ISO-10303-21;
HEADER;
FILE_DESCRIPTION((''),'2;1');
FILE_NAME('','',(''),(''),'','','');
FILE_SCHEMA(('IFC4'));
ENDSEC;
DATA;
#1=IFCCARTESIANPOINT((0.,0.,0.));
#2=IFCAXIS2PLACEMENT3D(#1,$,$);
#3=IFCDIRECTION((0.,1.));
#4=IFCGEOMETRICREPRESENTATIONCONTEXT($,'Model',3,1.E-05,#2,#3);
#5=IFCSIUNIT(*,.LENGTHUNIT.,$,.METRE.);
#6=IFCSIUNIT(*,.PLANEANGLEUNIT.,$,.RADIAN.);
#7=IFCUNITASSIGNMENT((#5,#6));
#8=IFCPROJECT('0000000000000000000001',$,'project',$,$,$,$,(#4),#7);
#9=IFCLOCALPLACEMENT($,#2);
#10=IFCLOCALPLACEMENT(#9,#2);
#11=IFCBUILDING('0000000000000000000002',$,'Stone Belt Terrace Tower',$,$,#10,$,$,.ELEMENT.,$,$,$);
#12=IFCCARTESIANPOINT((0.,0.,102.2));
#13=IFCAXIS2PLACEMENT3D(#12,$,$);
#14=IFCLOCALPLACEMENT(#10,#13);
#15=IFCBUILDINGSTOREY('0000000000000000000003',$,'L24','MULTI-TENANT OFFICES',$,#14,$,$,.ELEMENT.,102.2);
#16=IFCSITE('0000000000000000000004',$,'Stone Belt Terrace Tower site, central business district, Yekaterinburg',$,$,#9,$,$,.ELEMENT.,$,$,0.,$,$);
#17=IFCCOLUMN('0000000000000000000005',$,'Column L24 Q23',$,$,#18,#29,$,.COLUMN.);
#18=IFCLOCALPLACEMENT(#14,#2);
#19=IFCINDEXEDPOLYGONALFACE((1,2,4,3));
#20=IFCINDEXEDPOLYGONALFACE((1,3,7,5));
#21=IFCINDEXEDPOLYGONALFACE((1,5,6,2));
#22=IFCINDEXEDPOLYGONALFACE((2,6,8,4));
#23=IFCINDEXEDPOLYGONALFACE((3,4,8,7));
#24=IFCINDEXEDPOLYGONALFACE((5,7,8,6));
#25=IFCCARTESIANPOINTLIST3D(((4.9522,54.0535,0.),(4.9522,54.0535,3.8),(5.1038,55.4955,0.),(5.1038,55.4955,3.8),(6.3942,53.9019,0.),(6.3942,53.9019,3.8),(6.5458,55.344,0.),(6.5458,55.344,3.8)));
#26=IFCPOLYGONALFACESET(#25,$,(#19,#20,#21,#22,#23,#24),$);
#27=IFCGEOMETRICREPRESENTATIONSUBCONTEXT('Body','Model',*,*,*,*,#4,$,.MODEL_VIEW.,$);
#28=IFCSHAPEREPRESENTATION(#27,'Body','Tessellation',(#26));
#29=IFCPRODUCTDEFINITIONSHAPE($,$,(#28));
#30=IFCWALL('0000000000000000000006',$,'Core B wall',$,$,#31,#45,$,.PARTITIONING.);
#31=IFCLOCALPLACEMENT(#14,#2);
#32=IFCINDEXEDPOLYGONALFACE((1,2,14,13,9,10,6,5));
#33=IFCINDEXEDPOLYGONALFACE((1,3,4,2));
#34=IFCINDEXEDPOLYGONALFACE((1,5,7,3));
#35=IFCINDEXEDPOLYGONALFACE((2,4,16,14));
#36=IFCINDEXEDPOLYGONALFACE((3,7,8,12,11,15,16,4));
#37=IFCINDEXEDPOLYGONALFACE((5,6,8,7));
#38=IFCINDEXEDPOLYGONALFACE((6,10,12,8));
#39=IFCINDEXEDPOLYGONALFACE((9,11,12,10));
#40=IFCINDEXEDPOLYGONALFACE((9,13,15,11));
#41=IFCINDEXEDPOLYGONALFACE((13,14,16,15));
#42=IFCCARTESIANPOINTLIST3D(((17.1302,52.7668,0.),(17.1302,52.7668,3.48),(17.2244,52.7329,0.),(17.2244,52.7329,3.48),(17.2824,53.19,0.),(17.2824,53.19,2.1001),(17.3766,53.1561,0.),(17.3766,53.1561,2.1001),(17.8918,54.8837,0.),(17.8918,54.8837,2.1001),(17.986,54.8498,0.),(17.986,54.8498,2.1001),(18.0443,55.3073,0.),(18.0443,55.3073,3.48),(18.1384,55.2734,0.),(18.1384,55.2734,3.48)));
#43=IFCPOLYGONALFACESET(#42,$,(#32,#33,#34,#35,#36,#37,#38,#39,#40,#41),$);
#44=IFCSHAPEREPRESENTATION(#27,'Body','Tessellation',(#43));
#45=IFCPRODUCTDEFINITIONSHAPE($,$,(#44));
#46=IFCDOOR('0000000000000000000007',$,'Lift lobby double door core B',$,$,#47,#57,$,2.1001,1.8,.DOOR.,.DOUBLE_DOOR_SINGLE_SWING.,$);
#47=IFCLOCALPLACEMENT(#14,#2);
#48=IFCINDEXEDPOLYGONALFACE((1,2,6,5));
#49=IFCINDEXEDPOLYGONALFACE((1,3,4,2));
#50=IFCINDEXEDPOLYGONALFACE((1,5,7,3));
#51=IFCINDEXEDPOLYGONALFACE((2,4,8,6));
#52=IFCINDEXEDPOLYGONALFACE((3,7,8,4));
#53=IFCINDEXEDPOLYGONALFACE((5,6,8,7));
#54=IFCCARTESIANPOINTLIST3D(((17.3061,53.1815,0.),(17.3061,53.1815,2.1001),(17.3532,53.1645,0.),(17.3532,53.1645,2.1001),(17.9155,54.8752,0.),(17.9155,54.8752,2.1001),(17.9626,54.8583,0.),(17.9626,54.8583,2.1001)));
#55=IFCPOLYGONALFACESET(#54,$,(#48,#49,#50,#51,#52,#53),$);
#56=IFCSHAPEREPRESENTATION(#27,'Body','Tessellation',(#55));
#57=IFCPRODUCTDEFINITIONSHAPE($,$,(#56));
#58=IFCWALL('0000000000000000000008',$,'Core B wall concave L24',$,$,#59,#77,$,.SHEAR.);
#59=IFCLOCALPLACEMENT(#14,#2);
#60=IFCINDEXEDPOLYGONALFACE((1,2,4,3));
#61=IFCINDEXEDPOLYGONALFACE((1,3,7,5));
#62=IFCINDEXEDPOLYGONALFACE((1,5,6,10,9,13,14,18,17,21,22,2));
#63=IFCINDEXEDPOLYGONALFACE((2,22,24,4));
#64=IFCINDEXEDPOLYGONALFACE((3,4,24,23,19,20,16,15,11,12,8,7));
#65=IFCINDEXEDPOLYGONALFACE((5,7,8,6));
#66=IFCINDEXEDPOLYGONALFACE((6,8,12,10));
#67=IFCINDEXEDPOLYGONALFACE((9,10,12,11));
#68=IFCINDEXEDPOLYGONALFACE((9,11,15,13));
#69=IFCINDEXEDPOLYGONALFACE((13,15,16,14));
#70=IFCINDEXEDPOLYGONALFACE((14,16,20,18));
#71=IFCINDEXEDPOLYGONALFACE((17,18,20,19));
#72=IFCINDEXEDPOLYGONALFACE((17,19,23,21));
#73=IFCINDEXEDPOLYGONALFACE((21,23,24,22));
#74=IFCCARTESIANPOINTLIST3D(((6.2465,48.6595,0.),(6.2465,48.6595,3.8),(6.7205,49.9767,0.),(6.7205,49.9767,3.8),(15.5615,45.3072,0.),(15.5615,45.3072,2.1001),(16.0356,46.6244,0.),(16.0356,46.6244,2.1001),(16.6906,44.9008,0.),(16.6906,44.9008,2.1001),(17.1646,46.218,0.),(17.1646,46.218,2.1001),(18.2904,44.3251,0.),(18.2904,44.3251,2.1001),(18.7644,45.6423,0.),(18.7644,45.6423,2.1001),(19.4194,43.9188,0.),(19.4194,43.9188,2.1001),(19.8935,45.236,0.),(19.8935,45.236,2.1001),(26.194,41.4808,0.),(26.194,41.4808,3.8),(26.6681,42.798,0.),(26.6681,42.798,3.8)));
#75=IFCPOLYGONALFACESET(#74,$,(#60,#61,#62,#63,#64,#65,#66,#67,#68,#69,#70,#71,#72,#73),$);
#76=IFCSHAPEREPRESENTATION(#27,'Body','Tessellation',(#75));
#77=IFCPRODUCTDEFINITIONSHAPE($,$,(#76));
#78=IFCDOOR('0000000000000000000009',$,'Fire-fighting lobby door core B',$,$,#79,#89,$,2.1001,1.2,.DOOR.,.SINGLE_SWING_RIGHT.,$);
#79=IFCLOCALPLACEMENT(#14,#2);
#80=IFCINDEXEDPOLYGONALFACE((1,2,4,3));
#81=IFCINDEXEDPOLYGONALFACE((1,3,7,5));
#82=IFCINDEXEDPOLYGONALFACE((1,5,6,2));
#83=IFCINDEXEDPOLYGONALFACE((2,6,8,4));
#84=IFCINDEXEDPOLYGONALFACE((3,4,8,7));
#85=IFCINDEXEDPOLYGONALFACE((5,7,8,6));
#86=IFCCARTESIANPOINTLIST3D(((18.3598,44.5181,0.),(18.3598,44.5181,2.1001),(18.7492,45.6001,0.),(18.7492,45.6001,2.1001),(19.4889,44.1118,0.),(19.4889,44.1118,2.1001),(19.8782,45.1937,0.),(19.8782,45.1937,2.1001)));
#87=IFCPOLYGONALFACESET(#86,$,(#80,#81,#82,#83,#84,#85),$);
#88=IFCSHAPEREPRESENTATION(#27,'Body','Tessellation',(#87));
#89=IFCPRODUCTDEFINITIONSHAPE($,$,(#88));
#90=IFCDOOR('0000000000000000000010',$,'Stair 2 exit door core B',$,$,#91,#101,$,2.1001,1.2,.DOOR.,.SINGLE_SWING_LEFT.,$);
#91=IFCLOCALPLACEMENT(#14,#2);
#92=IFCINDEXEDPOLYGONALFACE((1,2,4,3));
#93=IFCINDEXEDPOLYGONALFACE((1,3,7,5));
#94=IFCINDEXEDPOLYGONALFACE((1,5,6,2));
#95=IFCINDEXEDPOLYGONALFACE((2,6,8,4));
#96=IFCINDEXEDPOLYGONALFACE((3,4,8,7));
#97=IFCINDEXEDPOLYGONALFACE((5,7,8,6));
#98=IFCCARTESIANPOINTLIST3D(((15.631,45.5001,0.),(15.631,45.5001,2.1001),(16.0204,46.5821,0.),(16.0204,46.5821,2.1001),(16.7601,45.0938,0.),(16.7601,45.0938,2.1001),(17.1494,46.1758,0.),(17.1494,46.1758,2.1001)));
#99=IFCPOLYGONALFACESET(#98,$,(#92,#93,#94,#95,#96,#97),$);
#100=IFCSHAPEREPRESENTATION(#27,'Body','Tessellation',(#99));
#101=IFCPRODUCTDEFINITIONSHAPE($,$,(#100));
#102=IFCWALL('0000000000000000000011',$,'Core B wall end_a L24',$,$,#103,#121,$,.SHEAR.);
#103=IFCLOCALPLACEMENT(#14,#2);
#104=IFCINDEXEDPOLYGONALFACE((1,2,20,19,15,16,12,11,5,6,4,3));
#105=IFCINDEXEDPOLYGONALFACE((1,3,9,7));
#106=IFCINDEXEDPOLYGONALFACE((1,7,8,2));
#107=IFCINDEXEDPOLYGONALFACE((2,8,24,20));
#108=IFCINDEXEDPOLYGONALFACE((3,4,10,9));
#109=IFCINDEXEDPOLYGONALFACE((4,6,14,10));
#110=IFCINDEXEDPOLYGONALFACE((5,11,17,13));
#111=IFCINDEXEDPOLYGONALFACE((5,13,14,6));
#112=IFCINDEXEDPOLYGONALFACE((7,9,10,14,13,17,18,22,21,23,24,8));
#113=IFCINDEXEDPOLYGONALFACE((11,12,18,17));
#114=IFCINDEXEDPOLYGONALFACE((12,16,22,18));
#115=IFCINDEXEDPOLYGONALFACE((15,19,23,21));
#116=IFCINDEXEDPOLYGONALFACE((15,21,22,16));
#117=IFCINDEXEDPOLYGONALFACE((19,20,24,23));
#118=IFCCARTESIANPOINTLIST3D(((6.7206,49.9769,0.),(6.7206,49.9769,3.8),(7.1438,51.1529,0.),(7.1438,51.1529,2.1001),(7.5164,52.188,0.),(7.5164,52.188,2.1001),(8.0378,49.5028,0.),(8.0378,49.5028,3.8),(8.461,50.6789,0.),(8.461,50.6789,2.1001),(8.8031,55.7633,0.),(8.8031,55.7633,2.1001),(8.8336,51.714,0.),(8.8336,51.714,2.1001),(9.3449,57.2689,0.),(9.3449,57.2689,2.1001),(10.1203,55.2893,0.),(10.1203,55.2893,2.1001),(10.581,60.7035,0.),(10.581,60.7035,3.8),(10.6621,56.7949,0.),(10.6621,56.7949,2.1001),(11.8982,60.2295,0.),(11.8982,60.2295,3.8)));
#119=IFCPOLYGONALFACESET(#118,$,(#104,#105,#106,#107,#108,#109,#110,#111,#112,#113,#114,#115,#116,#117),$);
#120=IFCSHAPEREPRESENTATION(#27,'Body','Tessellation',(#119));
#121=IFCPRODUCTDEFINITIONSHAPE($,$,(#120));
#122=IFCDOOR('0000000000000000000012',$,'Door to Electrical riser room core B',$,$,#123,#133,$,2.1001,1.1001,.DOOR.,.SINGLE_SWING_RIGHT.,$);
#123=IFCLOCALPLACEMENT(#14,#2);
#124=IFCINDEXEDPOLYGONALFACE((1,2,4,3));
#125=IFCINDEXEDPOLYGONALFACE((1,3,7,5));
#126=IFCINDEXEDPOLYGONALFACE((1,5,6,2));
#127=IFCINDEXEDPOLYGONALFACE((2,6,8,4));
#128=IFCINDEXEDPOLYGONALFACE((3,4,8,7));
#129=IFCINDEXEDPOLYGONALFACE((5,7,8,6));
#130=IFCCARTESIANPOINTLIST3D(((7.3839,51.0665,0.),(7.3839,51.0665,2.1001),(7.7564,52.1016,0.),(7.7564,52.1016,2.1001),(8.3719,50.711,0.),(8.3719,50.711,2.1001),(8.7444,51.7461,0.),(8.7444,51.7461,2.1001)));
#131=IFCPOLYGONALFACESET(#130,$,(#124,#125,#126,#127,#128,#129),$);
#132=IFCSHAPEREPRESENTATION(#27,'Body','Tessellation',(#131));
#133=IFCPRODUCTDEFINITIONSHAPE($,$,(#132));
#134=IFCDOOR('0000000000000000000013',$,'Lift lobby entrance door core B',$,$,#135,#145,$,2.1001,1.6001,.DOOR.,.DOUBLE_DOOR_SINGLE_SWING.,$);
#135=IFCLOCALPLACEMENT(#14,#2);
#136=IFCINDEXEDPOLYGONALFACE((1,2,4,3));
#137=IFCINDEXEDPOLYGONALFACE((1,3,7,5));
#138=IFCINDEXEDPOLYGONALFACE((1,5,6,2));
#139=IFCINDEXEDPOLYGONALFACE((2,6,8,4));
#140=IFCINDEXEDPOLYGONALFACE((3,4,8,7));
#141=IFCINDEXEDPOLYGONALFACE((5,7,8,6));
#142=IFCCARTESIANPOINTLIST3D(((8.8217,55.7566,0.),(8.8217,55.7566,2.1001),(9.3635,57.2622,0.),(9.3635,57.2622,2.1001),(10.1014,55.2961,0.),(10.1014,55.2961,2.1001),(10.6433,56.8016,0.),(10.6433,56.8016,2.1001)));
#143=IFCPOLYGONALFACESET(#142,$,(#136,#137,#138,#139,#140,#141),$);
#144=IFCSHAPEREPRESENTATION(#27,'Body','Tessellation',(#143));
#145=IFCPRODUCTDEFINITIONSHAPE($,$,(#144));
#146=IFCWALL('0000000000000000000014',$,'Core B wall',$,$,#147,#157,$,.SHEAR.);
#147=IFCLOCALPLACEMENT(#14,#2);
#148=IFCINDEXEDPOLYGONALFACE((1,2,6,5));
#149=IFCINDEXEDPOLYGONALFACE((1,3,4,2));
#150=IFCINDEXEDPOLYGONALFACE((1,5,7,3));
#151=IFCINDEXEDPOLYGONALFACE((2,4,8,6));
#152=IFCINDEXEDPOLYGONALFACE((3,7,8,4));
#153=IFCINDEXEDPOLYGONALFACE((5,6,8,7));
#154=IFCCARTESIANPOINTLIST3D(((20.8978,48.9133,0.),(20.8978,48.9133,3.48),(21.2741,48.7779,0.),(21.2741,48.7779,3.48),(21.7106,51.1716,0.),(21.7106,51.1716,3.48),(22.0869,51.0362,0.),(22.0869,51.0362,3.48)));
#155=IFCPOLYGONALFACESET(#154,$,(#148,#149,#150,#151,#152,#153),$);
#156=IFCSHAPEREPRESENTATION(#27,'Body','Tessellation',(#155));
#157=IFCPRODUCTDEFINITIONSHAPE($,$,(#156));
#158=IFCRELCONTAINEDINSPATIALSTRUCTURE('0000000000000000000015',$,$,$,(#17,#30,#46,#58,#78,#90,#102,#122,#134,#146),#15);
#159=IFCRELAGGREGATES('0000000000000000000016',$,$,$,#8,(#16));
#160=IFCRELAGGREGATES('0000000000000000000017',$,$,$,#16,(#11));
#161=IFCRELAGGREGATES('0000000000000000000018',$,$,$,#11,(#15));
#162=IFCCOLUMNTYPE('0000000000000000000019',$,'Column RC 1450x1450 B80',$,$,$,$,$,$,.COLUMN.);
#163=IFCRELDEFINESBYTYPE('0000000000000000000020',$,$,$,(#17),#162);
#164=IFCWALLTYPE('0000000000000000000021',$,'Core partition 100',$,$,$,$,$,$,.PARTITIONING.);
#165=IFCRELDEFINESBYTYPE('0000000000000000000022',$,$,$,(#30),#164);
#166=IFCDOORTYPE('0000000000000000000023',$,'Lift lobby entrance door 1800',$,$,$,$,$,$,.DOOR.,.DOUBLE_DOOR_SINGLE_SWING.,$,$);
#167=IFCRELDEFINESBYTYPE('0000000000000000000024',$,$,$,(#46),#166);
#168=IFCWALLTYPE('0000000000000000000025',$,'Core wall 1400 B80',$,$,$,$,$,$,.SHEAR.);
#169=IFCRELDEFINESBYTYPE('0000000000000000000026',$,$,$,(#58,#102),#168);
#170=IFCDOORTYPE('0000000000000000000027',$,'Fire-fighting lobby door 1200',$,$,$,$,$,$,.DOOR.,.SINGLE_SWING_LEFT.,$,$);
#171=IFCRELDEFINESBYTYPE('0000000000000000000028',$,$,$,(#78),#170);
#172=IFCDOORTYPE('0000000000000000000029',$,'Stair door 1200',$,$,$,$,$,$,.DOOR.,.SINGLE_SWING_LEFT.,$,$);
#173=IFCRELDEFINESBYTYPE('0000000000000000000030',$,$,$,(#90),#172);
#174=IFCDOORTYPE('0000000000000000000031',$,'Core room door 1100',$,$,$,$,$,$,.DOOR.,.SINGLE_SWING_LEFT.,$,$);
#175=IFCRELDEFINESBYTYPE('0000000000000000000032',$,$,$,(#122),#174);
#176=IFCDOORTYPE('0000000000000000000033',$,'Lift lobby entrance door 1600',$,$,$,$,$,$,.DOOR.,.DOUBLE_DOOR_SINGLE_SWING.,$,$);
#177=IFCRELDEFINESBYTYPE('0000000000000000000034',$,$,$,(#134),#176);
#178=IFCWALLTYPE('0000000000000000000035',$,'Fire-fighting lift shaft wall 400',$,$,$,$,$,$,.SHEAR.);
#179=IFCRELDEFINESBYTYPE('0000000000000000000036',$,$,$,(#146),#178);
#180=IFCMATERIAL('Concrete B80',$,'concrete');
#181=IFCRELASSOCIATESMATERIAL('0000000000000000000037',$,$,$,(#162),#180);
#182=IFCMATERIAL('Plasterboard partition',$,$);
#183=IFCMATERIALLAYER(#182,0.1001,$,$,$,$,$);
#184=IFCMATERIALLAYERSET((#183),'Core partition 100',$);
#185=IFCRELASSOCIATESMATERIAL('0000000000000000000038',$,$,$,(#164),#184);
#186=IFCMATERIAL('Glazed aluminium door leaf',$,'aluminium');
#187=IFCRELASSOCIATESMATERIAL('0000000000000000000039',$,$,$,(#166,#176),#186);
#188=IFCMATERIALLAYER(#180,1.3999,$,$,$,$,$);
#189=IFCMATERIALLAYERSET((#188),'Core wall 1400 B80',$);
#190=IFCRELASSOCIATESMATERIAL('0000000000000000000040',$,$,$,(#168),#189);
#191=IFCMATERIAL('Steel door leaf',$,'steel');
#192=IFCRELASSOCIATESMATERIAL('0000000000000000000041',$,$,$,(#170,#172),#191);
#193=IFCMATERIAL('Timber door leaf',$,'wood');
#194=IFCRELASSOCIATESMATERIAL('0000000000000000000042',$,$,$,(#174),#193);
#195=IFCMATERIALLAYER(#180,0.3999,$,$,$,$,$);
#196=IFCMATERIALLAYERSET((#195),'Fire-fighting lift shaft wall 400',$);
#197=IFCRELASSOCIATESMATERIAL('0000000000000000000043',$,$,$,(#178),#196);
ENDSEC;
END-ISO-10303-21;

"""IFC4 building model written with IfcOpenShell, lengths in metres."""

from ifc_helpers import new_model, si_unit, direction, frame, frame_2d, origin, origin_2d, place, context, subcontext, project, spatial, rectangle, extrude, material, layer, layer_set, material_profile, profile_set, type_object, element, fill, save


model = new_model("IFC4")

# Units and contexts
model_context = context("Model", 3, precision=1e-05, world=origin(), true_north=direction((0.0, 1.0)))
body_context = subcontext(model_context, "Body", "Model", "MODEL_VIEW")
ifc_project = project(units=[si_unit("LENGTHUNIT", "METRE"), si_unit("PLANEANGLEUNIT", "RADIAN")], contexts=[model_context])

# Site, building, storey
site_placement = place(None, origin())
site = spatial("IfcSite", under=ifc_project, at=site_placement, Name="Stone Belt Terrace Tower site, central business district, Yekaterinburg", CompositionType="ELEMENT", RefElevation=0.0)
building_placement = place(site_placement, origin())
building = spatial("IfcBuilding", under=site, at=building_placement, Name="Stone Belt Terrace Tower", CompositionType="ELEMENT")
storey_placement = place(building_placement, frame((0.0, 0.0, 102.2)))
storey = spatial("IfcBuildingStorey", under=building, at=storey_placement, Name="L24", Description="MULTI-TENANT OFFICES", CompositionType="ELEMENT", Elevation=102.2)

# Column
ifc_material_1 = material(Name="Concrete B80", Category="concrete")
ifc_material_profile = material_profile(ifc_material_1, rectangle(XDim=1.45, YDim=1.45, at=origin_2d()), Name="RC 1450x1450")
ifc_profile_set = profile_set([ifc_material_profile], Name="Concrete B80")
column_type = type_object("IfcColumnType", Name="Column RC 1450x1450 B80", PredefinedType="COLUMN", material=ifc_profile_set)
column_placement = place(storey_placement, frame((5.749, 54.6987, 0.0), z_axis=(0.0, 0.0, 1.0), x_axis=(0.994522, -0.104528, 0.0)))
element("IfcColumn", 1, at=column_placement, inside=storey, type_object=column_type, Name="Column L24 Q23", PredefinedType="COLUMN", context=body_context, shape_type="SweptSolid", body=[
    extrude(rectangle(XDim=1.45, YDim=1.45, at=origin_2d()), origin(), (0.0, 0.0, 1.0), 3.8),
])

# Wall, opening, door
ifc_material_2 = material(Name="Plasterboard partition")
ifc_layer_1 = layer(ifc_material_2, 0.1001)
ifc_layer_set_1 = layer_set([ifc_layer_1], Name="Core partition 100")
wall_type_1 = type_object("IfcWallType", Name="Core partition 100", PredefinedType="PARTITIONING", material=ifc_layer_set_1)
wall_1_placement = place(storey_placement, frame((17.1772, 52.7498, 0.0), z_axis=(0.0, 0.0, 1.0), x_axis=(0.338547, 0.94095, 0.0)))
wall_1 = element("IfcWall", 2, at=wall_1_placement, inside=storey, type_object=wall_type_1, Name="Core B wall", PredefinedType="PARTITIONING", context=body_context, shape_type="SweptSolid", body=[
    extrude(rectangle(XDim=2.7, YDim=0.1001, at=frame_2d((1.3501, 0.0))), origin(), (0.0, 0.0, 1.0), 3.48),
])
opening_1_placement = place(wall_1_placement, frame((0.45, 0.0, 0.0)))
opening_1 = element("IfcOpeningElement", 3, at=opening_1_placement, cuts=wall_1, PredefinedType="OPENING", context=body_context, shape_type="SweptSolid", body=[
    extrude(rectangle(XDim=1.8, YDim=2.1001, at=frame_2d((0.8999, 1.05))), frame((0.0, 0.0601, 0.0), z_axis=(0.0, -1.0, 0.0), x_axis=(1.0, 0.0, 0.0)), (0.0, 0.0, 1.0), 0.1201),
])
ifc_material_3 = material(Name="Glazed aluminium door leaf", Category="aluminium")
door_type_1 = type_object("IfcDoorType", Name="Lift lobby entrance door 1800", OperationType="DOUBLE_DOOR_SINGLE_SWING", PredefinedType="DOOR", material=ifc_material_3)
door_1_placement = place(opening_1_placement, origin())
door_1 = element("IfcDoor", 4, at=door_1_placement, inside=storey, type_object=door_type_1, Name="Lift lobby double door core B", OperationType="DOUBLE_DOOR_SINGLE_SWING", OverallHeight=2.1001, OverallWidth=1.8, PredefinedType="DOOR", context=body_context, shape_type="SweptSolid", body=[
    extrude(rectangle(XDim=1.8, YDim=2.1001, at=frame_2d((0.8999, 1.05))), frame((0.0, 0.0249, 0.0), z_axis=(0.0, -1.0, 0.0), x_axis=(1.0, 0.0, 0.0)), (0.0, 0.0, 1.0), 0.05),
])
fill(opening_1, door_1)

# Walls, openings, doors
ifc_layer_2 = layer(ifc_material_1, 1.3999)
ifc_layer_set_2 = layer_set([ifc_layer_2], Name="Core wall 1400 B80")
wall_type_2 = type_object("IfcWallType", Name="Core wall 1400 B80", PredefinedType="SHEAR", material=ifc_layer_set_2)
wall_2_placement = place(storey_placement, frame((6.4834, 49.3181, 0.0), z_axis=(0.0, 0.0, 1.0), x_axis=(0.940923, -0.33862, 0.0)))
wall_2 = element("IfcWall", 5, at=wall_2_placement, inside=storey, type_object=wall_type_2, Name="Core B wall concave L24", PredefinedType="SHEAR", context=body_context, shape_type="SweptSolid", body=[
    extrude(rectangle(XDim=21.2, YDim=1.3999, at=frame_2d((10.6001, 0.0))), origin(), (0.0, 0.0, 1.0), 3.8),
])
opening_2_placement = place(wall_2_placement, frame((12.8, 0.0, 0.0)))
opening_2 = element("IfcOpeningElement", 6, at=opening_2_placement, cuts=wall_2, PredefinedType="OPENING", context=body_context, shape_type="SweptSolid", body=[
    extrude(rectangle(XDim=1.2, YDim=2.1001, at=frame_2d((0.6001, 1.05))), frame((0.0, 0.71, 0.0), z_axis=(0.0, -1.0, 0.0), x_axis=(1.0, 0.0, 0.0)), (0.0, 0.0, 1.0), 1.4199),
])
opening_3_placement = place(wall_2_placement, frame((9.8999, 0.0, 0.0)))
opening_3 = element("IfcOpeningElement", 7, at=opening_3_placement, cuts=wall_2, PredefinedType="OPENING", context=body_context, shape_type="SweptSolid", body=[
    extrude(rectangle(XDim=1.2, YDim=2.1001, at=frame_2d((0.6001, 1.05))), frame((0.0, 0.71, 0.0), z_axis=(0.0, -1.0, 0.0), x_axis=(1.0, 0.0, 0.0)), (0.0, 0.0, 1.0), 1.4199),
])
ifc_material_4 = material(Name="Steel door leaf", Category="steel")
door_type_2 = type_object("IfcDoorType", Name="Fire-fighting lobby door 1200", OperationType="SINGLE_SWING_LEFT", PredefinedType="DOOR", material=ifc_material_4)
door_2_placement = place(opening_2_placement, origin())
door_2 = element("IfcDoor", 8, at=door_2_placement, inside=storey, type_object=door_type_2, Name="Fire-fighting lobby door core B", OperationType="SINGLE_SWING_RIGHT", OverallHeight=2.1001, OverallWidth=1.2, PredefinedType="DOOR", context=body_context, shape_type="SweptSolid", body=[
    extrude(rectangle(XDim=1.2, YDim=2.1001, at=frame_2d((0.6001, 1.05))), frame((0.0, 0.655, 0.0), z_axis=(0.0, -1.0, 0.0), x_axis=(1.0, 0.0, 0.0)), (0.0, 0.0, 1.0), 1.1499),
])
fill(opening_2, door_2)
door_type_3 = type_object("IfcDoorType", Name="Stair door 1200", OperationType="SINGLE_SWING_LEFT", PredefinedType="DOOR", material=ifc_material_4)
door_3_placement = place(opening_3_placement, origin())
door_3 = element("IfcDoor", 9, at=door_3_placement, inside=storey, type_object=door_type_3, Name="Stair 2 exit door core B", OperationType="SINGLE_SWING_LEFT", OverallHeight=2.1001, OverallWidth=1.2, PredefinedType="DOOR", context=body_context, shape_type="SweptSolid", body=[
    extrude(rectangle(XDim=1.2, YDim=2.1001, at=frame_2d((0.6001, 1.05))), frame((0.0, 0.655, 0.0), z_axis=(0.0, -1.0, 0.0), x_axis=(1.0, 0.0, 0.0)), (0.0, 0.0, 1.0), 1.1499),
])
fill(opening_3, door_3)
wall_3_placement = place(storey_placement, frame((7.3792, 49.7397, 0.0), z_axis=(0.0, 0.0, 1.0), x_axis=(0.338625, 0.940921, 0.0)))
wall_3 = element("IfcWall", 10, at=wall_3_placement, inside=storey, type_object=wall_type_2, Name="Core B wall end_a L24", PredefinedType="SHEAR", context=body_context, shape_type="SweptSolid", body=[
    extrude(rectangle(XDim=11.4001, YDim=1.3999, at=frame_2d((5.7002, 0.0))), origin(), (0.0, 0.0, 1.0), 3.8),
])
opening_4_placement = place(wall_3_placement, frame((6.1499, 0.0, 0.0)))
opening_4 = element("IfcOpeningElement", 11, at=opening_4_placement, cuts=wall_3, PredefinedType="OPENING", context=body_context, shape_type="SweptSolid", body=[
    extrude(rectangle(XDim=1.6001, YDim=2.1001, at=frame_2d((0.8, 1.05))), frame((0.0, 0.71, 0.0), z_axis=(0.0, -1.0, 0.0), x_axis=(1.0, 0.0, 0.0)), (0.0, 0.0, 1.0), 1.4199),
])
opening_5_placement = place(wall_3_placement, frame((1.25, 0.0, 0.0)))
opening_5 = element("IfcOpeningElement", 12, at=opening_5_placement, cuts=wall_3, PredefinedType="OPENING", context=body_context, shape_type="SweptSolid", body=[
    extrude(rectangle(XDim=1.1001, YDim=2.1001, at=frame_2d((0.55, 1.05))), frame((0.0, 0.71, 0.0), z_axis=(0.0, -1.0, 0.0), x_axis=(1.0, 0.0, 0.0)), (0.0, 0.0, 1.0), 1.4199),
])
ifc_material_5 = material(Name="Timber door leaf", Category="wood")
door_type_4 = type_object("IfcDoorType", Name="Core room door 1100", OperationType="SINGLE_SWING_LEFT", PredefinedType="DOOR", material=ifc_material_5)
door_4_placement = place(opening_5_placement, origin())
door_4 = element("IfcDoor", 13, at=door_4_placement, inside=storey, type_object=door_type_4, Name="Door to Electrical riser room core B", OperationType="SINGLE_SWING_RIGHT", OverallHeight=2.1001, OverallWidth=1.1001, PredefinedType="DOOR", context=body_context, shape_type="SweptSolid", body=[
    extrude(rectangle(XDim=1.1001, YDim=2.1001, at=frame_2d((0.55, 1.05))), frame((0.0, 0.4448, 0.0), z_axis=(0.0, -1.0, 0.0), x_axis=(1.0, 0.0, 0.0)), (0.0, 0.0, 1.0), 1.05),
])
fill(opening_5, door_4)
door_type_5 = type_object("IfcDoorType", Name="Lift lobby entrance door 1600", OperationType="DOUBLE_DOOR_SINGLE_SWING", PredefinedType="DOOR", material=ifc_material_3)
door_5_placement = place(opening_4_placement, origin())
door_5 = element("IfcDoor", 14, at=door_5_placement, inside=storey, type_object=door_type_5, Name="Lift lobby entrance door core B", OperationType="DOUBLE_DOOR_SINGLE_SWING", OverallHeight=2.1001, OverallWidth=1.6001, PredefinedType="DOOR", context=body_context, shape_type="SweptSolid", body=[
    extrude(rectangle(XDim=1.6001, YDim=2.1001, at=frame_2d((0.8, 1.05))), frame((0.0, 0.6802, 0.0), z_axis=(0.0, -1.0, 0.0), x_axis=(1.0, 0.0, 0.0)), (0.0, 0.0, 1.0), 1.3601),
])
fill(opening_4, door_5)

# Wall
ifc_layer_3 = layer(ifc_material_1, 0.3999)
ifc_layer_set_3 = layer_set([ifc_layer_3], Name="Fire-fighting lift shaft wall 400")
wall_type_3 = type_object("IfcWallType", Name="Fire-fighting lift shaft wall 400", PredefinedType="SHEAR", material=ifc_layer_set_3)
wall_4_placement = place(storey_placement, frame((21.0859, 48.8455, 0.0), z_axis=(0.0, 0.0, 1.0), x_axis=(0.338629, 0.94092, 0.0)))
element("IfcWall", 15, at=wall_4_placement, inside=storey, type_object=wall_type_3, Name="Core B wall", PredefinedType="SHEAR", context=body_context, shape_type="SweptSolid", body=[
    extrude(rectangle(XDim=2.4001, YDim=0.3999, at=frame_2d((1.2002, 0.0))), origin(), (0.0, 0.0, 1.0), 3.48),
])

save(model, "model.ifc")
